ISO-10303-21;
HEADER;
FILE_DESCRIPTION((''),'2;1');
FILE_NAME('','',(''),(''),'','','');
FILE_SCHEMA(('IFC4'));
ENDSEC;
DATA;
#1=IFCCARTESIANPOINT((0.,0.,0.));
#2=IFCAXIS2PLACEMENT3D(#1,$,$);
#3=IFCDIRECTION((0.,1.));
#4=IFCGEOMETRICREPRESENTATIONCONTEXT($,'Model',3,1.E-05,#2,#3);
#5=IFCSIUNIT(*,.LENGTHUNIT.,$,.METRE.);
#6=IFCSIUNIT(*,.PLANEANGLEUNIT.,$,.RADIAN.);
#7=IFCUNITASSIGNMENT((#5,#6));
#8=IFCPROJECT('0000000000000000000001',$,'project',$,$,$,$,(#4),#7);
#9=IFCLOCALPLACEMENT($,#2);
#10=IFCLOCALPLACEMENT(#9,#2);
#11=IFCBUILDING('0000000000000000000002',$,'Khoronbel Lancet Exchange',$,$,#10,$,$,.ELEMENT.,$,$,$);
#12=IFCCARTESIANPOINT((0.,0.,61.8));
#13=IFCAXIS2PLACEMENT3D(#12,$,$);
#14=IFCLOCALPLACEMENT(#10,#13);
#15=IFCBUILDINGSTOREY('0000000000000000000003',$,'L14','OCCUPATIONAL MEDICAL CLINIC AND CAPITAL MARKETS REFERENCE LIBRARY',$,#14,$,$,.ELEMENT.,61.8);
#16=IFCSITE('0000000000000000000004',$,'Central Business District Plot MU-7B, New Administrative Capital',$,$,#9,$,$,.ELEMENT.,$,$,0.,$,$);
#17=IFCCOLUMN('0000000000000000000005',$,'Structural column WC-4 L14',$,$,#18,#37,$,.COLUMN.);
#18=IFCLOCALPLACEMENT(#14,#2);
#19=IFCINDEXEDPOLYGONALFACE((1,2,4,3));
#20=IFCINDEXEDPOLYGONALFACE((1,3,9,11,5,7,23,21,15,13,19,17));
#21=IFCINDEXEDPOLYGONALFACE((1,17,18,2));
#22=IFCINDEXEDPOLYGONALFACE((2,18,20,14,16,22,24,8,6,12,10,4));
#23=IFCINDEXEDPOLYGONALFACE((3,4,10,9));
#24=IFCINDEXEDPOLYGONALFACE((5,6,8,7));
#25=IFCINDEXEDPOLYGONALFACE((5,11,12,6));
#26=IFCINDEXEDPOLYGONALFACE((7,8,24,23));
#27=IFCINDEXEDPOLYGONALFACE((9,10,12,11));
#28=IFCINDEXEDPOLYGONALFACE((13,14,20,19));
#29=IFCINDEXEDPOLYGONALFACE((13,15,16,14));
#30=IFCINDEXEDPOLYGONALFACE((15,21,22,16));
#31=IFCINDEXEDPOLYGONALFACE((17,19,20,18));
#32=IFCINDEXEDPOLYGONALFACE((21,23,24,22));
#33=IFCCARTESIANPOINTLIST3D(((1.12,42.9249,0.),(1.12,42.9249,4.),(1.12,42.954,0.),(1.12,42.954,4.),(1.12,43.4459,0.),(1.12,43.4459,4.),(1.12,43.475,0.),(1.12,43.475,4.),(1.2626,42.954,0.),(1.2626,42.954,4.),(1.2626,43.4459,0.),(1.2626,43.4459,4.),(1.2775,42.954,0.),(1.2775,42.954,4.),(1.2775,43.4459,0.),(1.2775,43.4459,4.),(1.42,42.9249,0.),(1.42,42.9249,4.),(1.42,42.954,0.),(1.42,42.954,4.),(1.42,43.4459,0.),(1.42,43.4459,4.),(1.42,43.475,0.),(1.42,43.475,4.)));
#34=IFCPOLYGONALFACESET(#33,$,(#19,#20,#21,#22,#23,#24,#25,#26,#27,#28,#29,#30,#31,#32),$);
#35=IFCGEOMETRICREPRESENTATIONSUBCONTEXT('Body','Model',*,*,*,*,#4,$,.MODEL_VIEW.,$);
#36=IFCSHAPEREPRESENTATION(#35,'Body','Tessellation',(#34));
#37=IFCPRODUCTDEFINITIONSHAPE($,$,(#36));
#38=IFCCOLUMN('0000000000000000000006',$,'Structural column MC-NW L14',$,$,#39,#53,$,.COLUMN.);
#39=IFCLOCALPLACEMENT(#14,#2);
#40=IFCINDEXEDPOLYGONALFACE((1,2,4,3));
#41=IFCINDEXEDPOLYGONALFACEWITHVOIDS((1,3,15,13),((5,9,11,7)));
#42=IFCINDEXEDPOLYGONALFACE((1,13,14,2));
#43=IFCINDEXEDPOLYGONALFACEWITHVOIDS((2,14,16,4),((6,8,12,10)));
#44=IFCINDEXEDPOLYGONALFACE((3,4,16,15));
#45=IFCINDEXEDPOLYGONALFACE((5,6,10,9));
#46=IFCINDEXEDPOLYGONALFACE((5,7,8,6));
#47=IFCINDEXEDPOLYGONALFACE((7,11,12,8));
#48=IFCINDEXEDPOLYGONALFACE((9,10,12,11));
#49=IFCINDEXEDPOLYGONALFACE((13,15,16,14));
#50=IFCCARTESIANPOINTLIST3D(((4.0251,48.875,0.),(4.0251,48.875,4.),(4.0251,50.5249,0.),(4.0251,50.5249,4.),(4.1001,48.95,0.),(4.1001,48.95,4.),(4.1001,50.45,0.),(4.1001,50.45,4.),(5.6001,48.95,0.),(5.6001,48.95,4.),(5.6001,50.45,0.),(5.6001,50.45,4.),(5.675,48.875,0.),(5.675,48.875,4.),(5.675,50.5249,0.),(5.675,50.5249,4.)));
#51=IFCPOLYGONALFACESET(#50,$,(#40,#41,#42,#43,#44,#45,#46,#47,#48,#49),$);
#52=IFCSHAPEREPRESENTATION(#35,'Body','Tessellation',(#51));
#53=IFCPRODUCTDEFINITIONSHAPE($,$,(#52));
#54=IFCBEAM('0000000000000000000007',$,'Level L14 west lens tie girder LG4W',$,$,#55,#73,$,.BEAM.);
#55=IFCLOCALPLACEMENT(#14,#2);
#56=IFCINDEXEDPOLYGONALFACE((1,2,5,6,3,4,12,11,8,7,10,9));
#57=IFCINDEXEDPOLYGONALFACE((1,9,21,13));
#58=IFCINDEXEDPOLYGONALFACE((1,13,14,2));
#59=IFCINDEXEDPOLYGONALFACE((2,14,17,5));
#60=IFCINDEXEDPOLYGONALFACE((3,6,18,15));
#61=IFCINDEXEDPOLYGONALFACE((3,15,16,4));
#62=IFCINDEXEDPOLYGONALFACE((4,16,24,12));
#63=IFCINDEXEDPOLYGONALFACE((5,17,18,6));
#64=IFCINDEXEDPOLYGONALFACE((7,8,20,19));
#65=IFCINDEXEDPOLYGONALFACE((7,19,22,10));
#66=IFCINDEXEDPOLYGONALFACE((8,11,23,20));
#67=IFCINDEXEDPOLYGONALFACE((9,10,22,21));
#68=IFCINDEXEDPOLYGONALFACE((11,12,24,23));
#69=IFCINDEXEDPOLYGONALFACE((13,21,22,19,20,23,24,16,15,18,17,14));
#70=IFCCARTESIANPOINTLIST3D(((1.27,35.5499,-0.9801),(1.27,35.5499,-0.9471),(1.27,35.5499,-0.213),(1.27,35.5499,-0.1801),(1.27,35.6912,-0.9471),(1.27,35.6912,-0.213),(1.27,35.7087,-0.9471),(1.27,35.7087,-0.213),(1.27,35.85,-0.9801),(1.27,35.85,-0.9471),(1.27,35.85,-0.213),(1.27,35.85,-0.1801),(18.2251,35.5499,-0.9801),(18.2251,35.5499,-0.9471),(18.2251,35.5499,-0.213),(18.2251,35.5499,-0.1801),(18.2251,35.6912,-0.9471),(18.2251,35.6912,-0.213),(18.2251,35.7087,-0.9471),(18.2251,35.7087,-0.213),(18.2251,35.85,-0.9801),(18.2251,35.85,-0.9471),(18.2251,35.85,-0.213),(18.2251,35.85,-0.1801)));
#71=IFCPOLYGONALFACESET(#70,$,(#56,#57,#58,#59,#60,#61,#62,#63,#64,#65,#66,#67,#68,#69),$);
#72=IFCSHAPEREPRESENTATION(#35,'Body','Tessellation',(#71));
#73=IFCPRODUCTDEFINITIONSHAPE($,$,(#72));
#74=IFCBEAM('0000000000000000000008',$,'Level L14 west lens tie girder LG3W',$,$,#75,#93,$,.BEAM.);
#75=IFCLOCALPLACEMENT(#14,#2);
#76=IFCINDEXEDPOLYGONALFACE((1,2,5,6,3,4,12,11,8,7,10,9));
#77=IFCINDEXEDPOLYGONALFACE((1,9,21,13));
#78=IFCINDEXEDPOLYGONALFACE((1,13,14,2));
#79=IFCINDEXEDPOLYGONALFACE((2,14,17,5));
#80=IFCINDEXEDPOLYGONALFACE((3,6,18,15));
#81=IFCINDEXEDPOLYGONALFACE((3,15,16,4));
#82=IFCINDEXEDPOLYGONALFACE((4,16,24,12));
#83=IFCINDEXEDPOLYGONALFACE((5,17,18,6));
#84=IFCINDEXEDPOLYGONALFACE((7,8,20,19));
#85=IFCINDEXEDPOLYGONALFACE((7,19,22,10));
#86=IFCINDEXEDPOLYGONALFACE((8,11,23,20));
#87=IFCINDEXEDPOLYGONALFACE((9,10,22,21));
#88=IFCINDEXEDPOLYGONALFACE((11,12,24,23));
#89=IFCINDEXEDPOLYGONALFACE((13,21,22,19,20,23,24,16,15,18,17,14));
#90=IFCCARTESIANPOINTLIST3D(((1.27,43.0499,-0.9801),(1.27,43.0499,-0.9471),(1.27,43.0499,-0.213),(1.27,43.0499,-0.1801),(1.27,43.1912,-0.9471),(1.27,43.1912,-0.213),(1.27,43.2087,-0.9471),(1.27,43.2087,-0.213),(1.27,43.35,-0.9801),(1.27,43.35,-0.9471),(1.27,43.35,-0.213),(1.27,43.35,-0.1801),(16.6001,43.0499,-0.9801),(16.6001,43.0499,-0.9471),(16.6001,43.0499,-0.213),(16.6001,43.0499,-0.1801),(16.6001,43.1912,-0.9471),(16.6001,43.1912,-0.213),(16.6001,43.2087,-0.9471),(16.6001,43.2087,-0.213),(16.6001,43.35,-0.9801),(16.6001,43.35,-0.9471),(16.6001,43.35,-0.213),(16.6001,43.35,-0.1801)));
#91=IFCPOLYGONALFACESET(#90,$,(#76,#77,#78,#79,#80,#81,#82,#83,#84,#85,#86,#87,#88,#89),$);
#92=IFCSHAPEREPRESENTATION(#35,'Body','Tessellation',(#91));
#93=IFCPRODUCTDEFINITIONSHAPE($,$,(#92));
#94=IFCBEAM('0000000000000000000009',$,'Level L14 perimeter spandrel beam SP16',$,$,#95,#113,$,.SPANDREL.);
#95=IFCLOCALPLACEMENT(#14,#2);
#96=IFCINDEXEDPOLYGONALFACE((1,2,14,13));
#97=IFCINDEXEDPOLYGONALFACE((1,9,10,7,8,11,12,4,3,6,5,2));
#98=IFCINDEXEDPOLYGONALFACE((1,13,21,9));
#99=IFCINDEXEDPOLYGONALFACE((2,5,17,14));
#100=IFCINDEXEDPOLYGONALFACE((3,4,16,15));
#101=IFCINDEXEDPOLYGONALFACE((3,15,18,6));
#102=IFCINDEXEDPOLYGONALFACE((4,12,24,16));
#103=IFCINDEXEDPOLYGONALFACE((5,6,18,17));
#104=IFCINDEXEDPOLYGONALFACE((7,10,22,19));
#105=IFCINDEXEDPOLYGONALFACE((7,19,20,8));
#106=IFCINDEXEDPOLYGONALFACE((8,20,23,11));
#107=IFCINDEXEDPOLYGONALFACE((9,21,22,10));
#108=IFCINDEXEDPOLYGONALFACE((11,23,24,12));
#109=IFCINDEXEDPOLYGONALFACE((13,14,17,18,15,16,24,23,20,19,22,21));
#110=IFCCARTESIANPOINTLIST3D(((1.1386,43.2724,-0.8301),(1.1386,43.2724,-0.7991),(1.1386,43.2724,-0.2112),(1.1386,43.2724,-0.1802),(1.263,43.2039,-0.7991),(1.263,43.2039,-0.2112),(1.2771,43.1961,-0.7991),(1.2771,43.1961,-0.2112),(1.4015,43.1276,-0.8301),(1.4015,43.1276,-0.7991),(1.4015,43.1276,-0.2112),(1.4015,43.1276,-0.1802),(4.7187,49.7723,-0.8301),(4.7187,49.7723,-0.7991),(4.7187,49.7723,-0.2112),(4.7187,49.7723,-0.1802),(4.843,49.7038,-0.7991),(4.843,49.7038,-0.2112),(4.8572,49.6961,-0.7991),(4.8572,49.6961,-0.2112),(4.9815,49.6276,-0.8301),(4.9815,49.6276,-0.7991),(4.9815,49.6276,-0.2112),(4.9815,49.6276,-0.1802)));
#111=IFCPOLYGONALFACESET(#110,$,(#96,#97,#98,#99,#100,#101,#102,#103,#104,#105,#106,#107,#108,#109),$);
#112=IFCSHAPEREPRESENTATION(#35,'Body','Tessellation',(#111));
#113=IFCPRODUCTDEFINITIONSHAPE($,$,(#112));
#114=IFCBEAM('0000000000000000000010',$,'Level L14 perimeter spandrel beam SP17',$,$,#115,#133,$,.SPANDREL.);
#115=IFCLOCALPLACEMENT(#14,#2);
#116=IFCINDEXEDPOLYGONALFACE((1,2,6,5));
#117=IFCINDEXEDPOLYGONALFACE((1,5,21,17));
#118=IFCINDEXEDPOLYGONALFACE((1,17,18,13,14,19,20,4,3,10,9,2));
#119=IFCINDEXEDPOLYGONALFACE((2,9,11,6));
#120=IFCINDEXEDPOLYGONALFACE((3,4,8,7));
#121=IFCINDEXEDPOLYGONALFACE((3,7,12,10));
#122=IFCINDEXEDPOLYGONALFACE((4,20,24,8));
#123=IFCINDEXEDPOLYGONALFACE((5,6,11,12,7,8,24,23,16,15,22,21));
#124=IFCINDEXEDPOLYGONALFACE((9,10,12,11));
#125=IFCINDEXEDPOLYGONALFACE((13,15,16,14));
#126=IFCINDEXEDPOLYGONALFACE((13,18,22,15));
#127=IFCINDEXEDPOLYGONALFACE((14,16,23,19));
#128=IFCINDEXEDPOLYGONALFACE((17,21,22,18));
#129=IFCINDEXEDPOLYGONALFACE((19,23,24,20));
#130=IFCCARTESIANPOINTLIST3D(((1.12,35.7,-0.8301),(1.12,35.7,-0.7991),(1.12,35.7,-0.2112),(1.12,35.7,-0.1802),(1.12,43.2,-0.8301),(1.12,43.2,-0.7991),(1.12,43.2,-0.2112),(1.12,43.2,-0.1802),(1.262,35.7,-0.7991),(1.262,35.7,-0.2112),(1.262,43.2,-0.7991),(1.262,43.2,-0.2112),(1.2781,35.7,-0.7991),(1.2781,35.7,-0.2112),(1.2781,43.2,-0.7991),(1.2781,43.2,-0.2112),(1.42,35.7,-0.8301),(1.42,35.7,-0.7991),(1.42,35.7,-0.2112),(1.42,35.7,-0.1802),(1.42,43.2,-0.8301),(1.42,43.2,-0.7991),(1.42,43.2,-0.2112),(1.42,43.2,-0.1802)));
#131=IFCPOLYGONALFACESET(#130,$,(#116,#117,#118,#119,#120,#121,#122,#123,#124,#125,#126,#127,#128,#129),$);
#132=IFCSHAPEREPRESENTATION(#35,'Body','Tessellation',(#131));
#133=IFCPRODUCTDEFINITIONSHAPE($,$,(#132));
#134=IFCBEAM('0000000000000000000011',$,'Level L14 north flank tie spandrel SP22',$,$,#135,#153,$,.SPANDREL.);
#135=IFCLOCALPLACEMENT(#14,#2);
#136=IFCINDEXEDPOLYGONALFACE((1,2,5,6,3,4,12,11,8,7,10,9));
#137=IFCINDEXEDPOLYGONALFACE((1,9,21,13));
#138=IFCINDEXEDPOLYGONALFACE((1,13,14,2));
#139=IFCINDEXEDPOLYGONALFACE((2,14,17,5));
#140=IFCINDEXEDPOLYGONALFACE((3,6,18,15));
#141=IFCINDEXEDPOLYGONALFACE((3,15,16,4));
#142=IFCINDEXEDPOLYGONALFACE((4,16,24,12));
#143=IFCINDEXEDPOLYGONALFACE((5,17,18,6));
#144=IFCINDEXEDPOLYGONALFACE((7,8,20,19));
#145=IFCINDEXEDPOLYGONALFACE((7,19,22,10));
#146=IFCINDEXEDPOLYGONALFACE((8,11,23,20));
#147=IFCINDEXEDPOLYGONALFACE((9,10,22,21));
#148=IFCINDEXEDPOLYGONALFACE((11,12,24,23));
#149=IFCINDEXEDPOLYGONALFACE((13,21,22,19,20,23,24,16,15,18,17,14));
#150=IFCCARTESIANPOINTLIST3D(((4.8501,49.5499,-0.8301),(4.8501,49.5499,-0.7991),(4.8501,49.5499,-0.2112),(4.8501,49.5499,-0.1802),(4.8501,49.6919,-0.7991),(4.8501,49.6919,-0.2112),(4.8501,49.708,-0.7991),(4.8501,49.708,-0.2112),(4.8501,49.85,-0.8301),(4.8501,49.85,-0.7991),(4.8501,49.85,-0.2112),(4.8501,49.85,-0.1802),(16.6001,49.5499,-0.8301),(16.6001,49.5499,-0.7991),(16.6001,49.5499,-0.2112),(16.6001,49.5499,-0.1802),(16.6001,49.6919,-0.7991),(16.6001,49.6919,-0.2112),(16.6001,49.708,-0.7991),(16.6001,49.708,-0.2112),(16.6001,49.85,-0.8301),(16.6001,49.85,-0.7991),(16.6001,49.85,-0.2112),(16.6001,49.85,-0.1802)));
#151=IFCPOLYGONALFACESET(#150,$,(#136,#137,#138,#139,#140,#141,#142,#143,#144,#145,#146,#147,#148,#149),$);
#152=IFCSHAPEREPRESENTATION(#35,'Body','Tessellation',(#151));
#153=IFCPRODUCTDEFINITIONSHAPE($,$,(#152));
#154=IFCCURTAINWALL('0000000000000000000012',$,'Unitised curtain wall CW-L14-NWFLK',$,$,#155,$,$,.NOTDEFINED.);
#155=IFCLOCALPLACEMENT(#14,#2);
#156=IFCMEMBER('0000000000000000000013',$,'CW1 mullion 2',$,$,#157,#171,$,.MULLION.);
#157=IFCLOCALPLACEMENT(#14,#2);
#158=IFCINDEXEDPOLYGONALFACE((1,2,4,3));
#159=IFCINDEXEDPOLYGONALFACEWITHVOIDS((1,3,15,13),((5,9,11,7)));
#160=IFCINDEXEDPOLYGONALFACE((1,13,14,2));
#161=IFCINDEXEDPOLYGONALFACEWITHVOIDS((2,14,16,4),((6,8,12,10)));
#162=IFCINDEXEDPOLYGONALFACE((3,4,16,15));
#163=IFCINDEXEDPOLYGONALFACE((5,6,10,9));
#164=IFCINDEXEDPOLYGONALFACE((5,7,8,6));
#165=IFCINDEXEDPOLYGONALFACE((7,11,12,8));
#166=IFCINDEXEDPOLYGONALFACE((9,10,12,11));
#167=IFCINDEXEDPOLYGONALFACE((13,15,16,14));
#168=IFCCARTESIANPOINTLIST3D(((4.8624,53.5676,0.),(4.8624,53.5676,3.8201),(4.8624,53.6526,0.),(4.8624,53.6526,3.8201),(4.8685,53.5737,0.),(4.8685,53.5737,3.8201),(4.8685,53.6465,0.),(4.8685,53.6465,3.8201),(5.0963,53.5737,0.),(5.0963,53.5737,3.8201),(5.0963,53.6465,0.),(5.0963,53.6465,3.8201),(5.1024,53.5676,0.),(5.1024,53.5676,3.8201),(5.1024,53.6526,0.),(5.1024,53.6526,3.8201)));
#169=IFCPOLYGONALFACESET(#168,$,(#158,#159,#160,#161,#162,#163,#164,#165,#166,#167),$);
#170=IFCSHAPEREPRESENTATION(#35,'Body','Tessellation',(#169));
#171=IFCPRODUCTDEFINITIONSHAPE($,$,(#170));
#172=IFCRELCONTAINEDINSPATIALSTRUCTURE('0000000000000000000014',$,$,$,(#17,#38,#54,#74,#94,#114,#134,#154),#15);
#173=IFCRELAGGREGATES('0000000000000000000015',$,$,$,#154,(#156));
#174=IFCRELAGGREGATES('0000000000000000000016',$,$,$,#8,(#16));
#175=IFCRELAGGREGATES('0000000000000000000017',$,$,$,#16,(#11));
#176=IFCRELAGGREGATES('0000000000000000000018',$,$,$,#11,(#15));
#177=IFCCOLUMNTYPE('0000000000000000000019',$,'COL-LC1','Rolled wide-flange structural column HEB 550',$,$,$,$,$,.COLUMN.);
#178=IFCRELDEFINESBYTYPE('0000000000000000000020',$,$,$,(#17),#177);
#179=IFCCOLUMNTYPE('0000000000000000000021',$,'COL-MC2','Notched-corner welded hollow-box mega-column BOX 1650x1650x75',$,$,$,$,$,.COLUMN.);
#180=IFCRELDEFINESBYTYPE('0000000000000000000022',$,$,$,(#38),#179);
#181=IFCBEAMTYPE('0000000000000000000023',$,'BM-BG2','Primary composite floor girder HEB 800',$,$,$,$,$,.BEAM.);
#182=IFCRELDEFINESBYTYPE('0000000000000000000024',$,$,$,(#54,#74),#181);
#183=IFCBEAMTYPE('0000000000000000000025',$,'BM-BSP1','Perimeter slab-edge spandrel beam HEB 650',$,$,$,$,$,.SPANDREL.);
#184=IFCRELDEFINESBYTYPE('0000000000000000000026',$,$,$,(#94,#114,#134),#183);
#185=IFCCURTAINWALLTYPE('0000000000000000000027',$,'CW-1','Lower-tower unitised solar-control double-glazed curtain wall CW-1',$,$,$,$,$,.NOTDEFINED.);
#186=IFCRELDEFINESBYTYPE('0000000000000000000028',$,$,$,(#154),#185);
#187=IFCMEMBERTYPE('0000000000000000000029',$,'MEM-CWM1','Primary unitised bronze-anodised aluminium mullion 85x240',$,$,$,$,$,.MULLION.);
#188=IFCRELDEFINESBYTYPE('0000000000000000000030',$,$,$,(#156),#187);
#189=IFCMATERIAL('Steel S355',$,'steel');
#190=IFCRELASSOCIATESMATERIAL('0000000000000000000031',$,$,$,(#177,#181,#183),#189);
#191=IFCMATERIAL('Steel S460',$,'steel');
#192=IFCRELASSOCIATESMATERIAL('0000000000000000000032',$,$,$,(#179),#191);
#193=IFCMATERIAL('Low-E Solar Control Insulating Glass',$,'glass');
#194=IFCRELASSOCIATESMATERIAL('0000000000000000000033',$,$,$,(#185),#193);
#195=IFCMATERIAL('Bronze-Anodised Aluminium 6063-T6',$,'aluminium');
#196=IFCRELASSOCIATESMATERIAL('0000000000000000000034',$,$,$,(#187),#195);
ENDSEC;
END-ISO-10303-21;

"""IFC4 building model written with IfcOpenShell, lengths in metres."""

from ifc_helpers import new_model, si_unit, direction, frame, origin, origin_2d, place, context, subcontext, project, spatial, hollow_rectangle, i_section, extrude, material, material_profile, profile_set, type_object, element, aggregate, save


model = new_model("IFC4")

# Units and contexts
model_context = context("Model", 3, precision=1e-05, world=origin(), true_north=direction((0.0, 1.0)))
body_context = subcontext(model_context, "Body", "Model", "MODEL_VIEW")
ifc_project = project(units=[si_unit("LENGTHUNIT", "METRE"), si_unit("PLANEANGLEUNIT", "RADIAN")], contexts=[model_context])

# Site, building, storey
site_placement = place(None, origin())
site = spatial("IfcSite", under=ifc_project, at=site_placement, Name="Central Business District Plot MU-7B, New Administrative Capital", CompositionType="ELEMENT", RefElevation=0.0)
building_placement = place(site_placement, origin())
building = spatial("IfcBuilding", under=site, at=building_placement, Name="Khoronbel Lancet Exchange", CompositionType="ELEMENT")
storey_placement = place(building_placement, frame((0.0, 0.0, 61.8)))
storey = spatial("IfcBuildingStorey", under=building, at=storey_placement, Name="L14", Description="OCCUPATIONAL MEDICAL CLINIC AND CAPITAL MARKETS REFERENCE LIBRARY", CompositionType="ELEMENT", Elevation=61.8)

# Columns
ifc_material_1 = material(Name="Steel S355", Category="steel")
ifc_material_profile_1 = material_profile(ifc_material_1, i_section(OverallWidth=0.3, OverallDepth=0.55, WebThickness=0.0149, FlangeThickness=0.0291, at=origin_2d()), Name="HEB 550")
ifc_profile_set_1 = profile_set([ifc_material_profile_1], Name="Steel S355")
column_type_1 = type_object("IfcColumnType", Name="COL-LC1", Description="Rolled wide-flange structural column HEB 550", PredefinedType="COLUMN", material=ifc_profile_set_1)
column_1_placement = place(storey_placement, frame((1.27, 43.2, 0.0), z_axis=(0.0, 0.0, 1.0), x_axis=(1.0, 0.0, 0.0)))
element("IfcColumn", 1, at=column_1_placement, inside=storey, type_object=column_type_1, Name="Structural column WC-4 L14", PredefinedType="COLUMN", context=body_context, shape_type="SweptSolid", body=[
    extrude(i_section(OverallWidth=0.3, OverallDepth=0.55, WebThickness=0.0149, FlangeThickness=0.0291, at=origin_2d()), origin(), (0.0, 0.0, 1.0), 4.0),
])
ifc_material_2 = material(Name="Steel S460", Category="steel")
ifc_material_profile_2 = material_profile(ifc_material_2, hollow_rectangle(XDim=1.6499, YDim=1.6499, WallThickness=0.075, at=origin_2d()), Name="BOX 1650x1650x75")
ifc_profile_set_2 = profile_set([ifc_material_profile_2], Name="Steel S460")
column_type_2 = type_object("IfcColumnType", Name="COL-MC2", Description="Notched-corner welded hollow-box mega-column BOX 1650x1650x75", PredefinedType="COLUMN", material=ifc_profile_set_2)
column_2_placement = place(storey_placement, frame((4.8501, 49.7, 0.0), z_axis=(0.0, 0.0, 1.0), x_axis=(1.0, 0.0, 0.0)))
element("IfcColumn", 2, at=column_2_placement, inside=storey, type_object=column_type_2, Name="Structural column MC-NW L14", PredefinedType="COLUMN", context=body_context, shape_type="SweptSolid", body=[
    extrude(hollow_rectangle(XDim=1.6499, YDim=1.6499, WallThickness=0.075, at=origin_2d()), origin(), (0.0, 0.0, 1.0), 4.0),
])

# Beams
ifc_material_profile_3 = material_profile(ifc_material_1, i_section(OverallWidth=0.3, OverallDepth=0.8, WebThickness=0.0176, FlangeThickness=0.033, at=origin_2d()), Name="HEB 800")
ifc_profile_set_3 = profile_set([ifc_material_profile_3], Name="Steel S355")
beam_type_1 = type_object("IfcBeamType", Name="BM-BG2", Description="Primary composite floor girder HEB 800", PredefinedType="BEAM", material=ifc_profile_set_3)
beam_1_placement = place(storey_placement, frame((1.27, 35.7, -0.5801), z_axis=(1.0, 0.0, 0.0), x_axis=(0.0, 1.0, 0.0)))
element("IfcBeam", 3, at=beam_1_placement, inside=storey, type_object=beam_type_1, Name="Level L14 west lens tie girder LG4W", PredefinedType="BEAM", context=body_context, shape_type="SweptSolid", body=[
    extrude(i_section(OverallWidth=0.3, OverallDepth=0.8, WebThickness=0.0176, FlangeThickness=0.033, at=origin_2d()), origin(), (0.0, 0.0, 1.0), 16.9551),
])
beam_2_placement = place(storey_placement, frame((1.27, 43.2, -0.5801), z_axis=(1.0, 0.0, 0.0), x_axis=(0.0, 1.0, 0.0)))
element("IfcBeam", 4, at=beam_2_placement, inside=storey, type_object=beam_type_1, Name="Level L14 west lens tie girder LG3W", PredefinedType="BEAM", context=body_context, shape_type="SweptSolid", body=[
    extrude(i_section(OverallWidth=0.3, OverallDepth=0.8, WebThickness=0.0176, FlangeThickness=0.033, at=origin_2d()), origin(), (0.0, 0.0, 1.0), 15.3301),
])
ifc_material_profile_4 = material_profile(ifc_material_1, i_section(OverallWidth=0.3, OverallDepth=0.6499, WebThickness=0.0161, FlangeThickness=0.031, at=origin_2d()), Name="HEB 650")
ifc_profile_set_4 = profile_set([ifc_material_profile_4], Name="Steel S355")
beam_type_2 = type_object("IfcBeamType", Name="BM-BSP1", Description="Perimeter slab-edge spandrel beam HEB 650", PredefinedType="SPANDREL", material=ifc_profile_set_4)
beam_3_placement = place(storey_placement, frame((4.8501, 49.7, -0.5051), z_axis=(-0.482444, -0.875927, 0.0), x_axis=(0.875927, -0.482444, 0.0)))
element("IfcBeam", 5, at=beam_3_placement, inside=storey, type_object=beam_type_2, Name="Level L14 perimeter spandrel beam SP16", PredefinedType="SPANDREL", context=body_context, shape_type="SweptSolid", body=[
    extrude(i_section(OverallWidth=0.3, OverallDepth=0.6499, WebThickness=0.0161, FlangeThickness=0.031, at=origin_2d()), origin(), (0.0, 0.0, 1.0), 7.4207),
])
beam_4_placement = place(storey_placement, frame((1.27, 43.2, -0.5051), z_axis=(0.0, -1.0, 0.0), x_axis=(1.0, 0.0, 0.0)))
element("IfcBeam", 6, at=beam_4_placement, inside=storey, type_object=beam_type_2, Name="Level L14 perimeter spandrel beam SP17", PredefinedType="SPANDREL", context=body_context, shape_type="SweptSolid", body=[
    extrude(i_section(OverallWidth=0.3, OverallDepth=0.6499, WebThickness=0.0161, FlangeThickness=0.031, at=origin_2d()), origin(), (0.0, 0.0, 1.0), 7.5),
])
beam_5_placement = place(storey_placement, frame((4.8501, 49.7, -0.5051), z_axis=(1.0, 0.0, 0.0), x_axis=(0.0, 1.0, 0.0)))
element("IfcBeam", 7, at=beam_5_placement, inside=storey, type_object=beam_type_2, Name="Level L14 north flank tie spandrel SP22", PredefinedType="SPANDREL", context=body_context, shape_type="SweptSolid", body=[
    extrude(i_section(OverallWidth=0.3, OverallDepth=0.6499, WebThickness=0.0161, FlangeThickness=0.031, at=origin_2d()), origin(), (0.0, 0.0, 1.0), 11.75),
])

# Curtain wall, member
ifc_material_3 = material(Name="Low-E Solar Control Insulating Glass", Category="glass")
curtain_wall_type_1 = type_object("IfcCurtainWallType", Name="CW-1", Description="Lower-tower unitised solar-control double-glazed curtain wall CW-1", PredefinedType="NOTDEFINED", material=ifc_material_3)
curtain_wall_1_placement = place(storey_placement, origin())
curtain_wall_1 = element("IfcCurtainWall", 8, at=curtain_wall_1_placement, inside=storey, type_object=curtain_wall_type_1, Name="Unitised curtain wall CW-L14-NWFLK", PredefinedType="NOTDEFINED")
ifc_material_4 = material(Name="Bronze-Anodised Aluminium 6063-T6", Category="aluminium")
ifc_material_profile_5 = material_profile(ifc_material_4, hollow_rectangle(XDim=0.085, YDim=0.24, WallThickness=0.0061, at=origin_2d()), Name="ALU MULLION 85x240")
ifc_profile_set_5 = profile_set([ifc_material_profile_5], Name="Bronze-Anodised Aluminium 6063-T6")
member_type_1 = type_object("IfcMemberType", Name="MEM-CWM1", Description="Primary unitised bronze-anodised aluminium mullion 85x240", PredefinedType="MULLION", material=ifc_profile_set_5)
member_1_placement = place(storey_placement, frame((4.9824, 53.6101, 0.0), z_axis=(0.0, 0.0, 1.0), x_axis=(0.0, -1.0, 0.0)))
member_1 = element("IfcMember", 9, at=member_1_placement, type_object=member_type_1, Name="CW1 mullion 2", PredefinedType="MULLION", context=body_context, shape_type="SweptSolid", body=[
    extrude(hollow_rectangle(XDim=0.085, YDim=0.24, WallThickness=0.0061, at=origin_2d()), origin(), (0.0, 0.0, 1.0), 3.8201),
])

aggregate(curtain_wall_1, [member_1])

save(model, "model.ifc")
